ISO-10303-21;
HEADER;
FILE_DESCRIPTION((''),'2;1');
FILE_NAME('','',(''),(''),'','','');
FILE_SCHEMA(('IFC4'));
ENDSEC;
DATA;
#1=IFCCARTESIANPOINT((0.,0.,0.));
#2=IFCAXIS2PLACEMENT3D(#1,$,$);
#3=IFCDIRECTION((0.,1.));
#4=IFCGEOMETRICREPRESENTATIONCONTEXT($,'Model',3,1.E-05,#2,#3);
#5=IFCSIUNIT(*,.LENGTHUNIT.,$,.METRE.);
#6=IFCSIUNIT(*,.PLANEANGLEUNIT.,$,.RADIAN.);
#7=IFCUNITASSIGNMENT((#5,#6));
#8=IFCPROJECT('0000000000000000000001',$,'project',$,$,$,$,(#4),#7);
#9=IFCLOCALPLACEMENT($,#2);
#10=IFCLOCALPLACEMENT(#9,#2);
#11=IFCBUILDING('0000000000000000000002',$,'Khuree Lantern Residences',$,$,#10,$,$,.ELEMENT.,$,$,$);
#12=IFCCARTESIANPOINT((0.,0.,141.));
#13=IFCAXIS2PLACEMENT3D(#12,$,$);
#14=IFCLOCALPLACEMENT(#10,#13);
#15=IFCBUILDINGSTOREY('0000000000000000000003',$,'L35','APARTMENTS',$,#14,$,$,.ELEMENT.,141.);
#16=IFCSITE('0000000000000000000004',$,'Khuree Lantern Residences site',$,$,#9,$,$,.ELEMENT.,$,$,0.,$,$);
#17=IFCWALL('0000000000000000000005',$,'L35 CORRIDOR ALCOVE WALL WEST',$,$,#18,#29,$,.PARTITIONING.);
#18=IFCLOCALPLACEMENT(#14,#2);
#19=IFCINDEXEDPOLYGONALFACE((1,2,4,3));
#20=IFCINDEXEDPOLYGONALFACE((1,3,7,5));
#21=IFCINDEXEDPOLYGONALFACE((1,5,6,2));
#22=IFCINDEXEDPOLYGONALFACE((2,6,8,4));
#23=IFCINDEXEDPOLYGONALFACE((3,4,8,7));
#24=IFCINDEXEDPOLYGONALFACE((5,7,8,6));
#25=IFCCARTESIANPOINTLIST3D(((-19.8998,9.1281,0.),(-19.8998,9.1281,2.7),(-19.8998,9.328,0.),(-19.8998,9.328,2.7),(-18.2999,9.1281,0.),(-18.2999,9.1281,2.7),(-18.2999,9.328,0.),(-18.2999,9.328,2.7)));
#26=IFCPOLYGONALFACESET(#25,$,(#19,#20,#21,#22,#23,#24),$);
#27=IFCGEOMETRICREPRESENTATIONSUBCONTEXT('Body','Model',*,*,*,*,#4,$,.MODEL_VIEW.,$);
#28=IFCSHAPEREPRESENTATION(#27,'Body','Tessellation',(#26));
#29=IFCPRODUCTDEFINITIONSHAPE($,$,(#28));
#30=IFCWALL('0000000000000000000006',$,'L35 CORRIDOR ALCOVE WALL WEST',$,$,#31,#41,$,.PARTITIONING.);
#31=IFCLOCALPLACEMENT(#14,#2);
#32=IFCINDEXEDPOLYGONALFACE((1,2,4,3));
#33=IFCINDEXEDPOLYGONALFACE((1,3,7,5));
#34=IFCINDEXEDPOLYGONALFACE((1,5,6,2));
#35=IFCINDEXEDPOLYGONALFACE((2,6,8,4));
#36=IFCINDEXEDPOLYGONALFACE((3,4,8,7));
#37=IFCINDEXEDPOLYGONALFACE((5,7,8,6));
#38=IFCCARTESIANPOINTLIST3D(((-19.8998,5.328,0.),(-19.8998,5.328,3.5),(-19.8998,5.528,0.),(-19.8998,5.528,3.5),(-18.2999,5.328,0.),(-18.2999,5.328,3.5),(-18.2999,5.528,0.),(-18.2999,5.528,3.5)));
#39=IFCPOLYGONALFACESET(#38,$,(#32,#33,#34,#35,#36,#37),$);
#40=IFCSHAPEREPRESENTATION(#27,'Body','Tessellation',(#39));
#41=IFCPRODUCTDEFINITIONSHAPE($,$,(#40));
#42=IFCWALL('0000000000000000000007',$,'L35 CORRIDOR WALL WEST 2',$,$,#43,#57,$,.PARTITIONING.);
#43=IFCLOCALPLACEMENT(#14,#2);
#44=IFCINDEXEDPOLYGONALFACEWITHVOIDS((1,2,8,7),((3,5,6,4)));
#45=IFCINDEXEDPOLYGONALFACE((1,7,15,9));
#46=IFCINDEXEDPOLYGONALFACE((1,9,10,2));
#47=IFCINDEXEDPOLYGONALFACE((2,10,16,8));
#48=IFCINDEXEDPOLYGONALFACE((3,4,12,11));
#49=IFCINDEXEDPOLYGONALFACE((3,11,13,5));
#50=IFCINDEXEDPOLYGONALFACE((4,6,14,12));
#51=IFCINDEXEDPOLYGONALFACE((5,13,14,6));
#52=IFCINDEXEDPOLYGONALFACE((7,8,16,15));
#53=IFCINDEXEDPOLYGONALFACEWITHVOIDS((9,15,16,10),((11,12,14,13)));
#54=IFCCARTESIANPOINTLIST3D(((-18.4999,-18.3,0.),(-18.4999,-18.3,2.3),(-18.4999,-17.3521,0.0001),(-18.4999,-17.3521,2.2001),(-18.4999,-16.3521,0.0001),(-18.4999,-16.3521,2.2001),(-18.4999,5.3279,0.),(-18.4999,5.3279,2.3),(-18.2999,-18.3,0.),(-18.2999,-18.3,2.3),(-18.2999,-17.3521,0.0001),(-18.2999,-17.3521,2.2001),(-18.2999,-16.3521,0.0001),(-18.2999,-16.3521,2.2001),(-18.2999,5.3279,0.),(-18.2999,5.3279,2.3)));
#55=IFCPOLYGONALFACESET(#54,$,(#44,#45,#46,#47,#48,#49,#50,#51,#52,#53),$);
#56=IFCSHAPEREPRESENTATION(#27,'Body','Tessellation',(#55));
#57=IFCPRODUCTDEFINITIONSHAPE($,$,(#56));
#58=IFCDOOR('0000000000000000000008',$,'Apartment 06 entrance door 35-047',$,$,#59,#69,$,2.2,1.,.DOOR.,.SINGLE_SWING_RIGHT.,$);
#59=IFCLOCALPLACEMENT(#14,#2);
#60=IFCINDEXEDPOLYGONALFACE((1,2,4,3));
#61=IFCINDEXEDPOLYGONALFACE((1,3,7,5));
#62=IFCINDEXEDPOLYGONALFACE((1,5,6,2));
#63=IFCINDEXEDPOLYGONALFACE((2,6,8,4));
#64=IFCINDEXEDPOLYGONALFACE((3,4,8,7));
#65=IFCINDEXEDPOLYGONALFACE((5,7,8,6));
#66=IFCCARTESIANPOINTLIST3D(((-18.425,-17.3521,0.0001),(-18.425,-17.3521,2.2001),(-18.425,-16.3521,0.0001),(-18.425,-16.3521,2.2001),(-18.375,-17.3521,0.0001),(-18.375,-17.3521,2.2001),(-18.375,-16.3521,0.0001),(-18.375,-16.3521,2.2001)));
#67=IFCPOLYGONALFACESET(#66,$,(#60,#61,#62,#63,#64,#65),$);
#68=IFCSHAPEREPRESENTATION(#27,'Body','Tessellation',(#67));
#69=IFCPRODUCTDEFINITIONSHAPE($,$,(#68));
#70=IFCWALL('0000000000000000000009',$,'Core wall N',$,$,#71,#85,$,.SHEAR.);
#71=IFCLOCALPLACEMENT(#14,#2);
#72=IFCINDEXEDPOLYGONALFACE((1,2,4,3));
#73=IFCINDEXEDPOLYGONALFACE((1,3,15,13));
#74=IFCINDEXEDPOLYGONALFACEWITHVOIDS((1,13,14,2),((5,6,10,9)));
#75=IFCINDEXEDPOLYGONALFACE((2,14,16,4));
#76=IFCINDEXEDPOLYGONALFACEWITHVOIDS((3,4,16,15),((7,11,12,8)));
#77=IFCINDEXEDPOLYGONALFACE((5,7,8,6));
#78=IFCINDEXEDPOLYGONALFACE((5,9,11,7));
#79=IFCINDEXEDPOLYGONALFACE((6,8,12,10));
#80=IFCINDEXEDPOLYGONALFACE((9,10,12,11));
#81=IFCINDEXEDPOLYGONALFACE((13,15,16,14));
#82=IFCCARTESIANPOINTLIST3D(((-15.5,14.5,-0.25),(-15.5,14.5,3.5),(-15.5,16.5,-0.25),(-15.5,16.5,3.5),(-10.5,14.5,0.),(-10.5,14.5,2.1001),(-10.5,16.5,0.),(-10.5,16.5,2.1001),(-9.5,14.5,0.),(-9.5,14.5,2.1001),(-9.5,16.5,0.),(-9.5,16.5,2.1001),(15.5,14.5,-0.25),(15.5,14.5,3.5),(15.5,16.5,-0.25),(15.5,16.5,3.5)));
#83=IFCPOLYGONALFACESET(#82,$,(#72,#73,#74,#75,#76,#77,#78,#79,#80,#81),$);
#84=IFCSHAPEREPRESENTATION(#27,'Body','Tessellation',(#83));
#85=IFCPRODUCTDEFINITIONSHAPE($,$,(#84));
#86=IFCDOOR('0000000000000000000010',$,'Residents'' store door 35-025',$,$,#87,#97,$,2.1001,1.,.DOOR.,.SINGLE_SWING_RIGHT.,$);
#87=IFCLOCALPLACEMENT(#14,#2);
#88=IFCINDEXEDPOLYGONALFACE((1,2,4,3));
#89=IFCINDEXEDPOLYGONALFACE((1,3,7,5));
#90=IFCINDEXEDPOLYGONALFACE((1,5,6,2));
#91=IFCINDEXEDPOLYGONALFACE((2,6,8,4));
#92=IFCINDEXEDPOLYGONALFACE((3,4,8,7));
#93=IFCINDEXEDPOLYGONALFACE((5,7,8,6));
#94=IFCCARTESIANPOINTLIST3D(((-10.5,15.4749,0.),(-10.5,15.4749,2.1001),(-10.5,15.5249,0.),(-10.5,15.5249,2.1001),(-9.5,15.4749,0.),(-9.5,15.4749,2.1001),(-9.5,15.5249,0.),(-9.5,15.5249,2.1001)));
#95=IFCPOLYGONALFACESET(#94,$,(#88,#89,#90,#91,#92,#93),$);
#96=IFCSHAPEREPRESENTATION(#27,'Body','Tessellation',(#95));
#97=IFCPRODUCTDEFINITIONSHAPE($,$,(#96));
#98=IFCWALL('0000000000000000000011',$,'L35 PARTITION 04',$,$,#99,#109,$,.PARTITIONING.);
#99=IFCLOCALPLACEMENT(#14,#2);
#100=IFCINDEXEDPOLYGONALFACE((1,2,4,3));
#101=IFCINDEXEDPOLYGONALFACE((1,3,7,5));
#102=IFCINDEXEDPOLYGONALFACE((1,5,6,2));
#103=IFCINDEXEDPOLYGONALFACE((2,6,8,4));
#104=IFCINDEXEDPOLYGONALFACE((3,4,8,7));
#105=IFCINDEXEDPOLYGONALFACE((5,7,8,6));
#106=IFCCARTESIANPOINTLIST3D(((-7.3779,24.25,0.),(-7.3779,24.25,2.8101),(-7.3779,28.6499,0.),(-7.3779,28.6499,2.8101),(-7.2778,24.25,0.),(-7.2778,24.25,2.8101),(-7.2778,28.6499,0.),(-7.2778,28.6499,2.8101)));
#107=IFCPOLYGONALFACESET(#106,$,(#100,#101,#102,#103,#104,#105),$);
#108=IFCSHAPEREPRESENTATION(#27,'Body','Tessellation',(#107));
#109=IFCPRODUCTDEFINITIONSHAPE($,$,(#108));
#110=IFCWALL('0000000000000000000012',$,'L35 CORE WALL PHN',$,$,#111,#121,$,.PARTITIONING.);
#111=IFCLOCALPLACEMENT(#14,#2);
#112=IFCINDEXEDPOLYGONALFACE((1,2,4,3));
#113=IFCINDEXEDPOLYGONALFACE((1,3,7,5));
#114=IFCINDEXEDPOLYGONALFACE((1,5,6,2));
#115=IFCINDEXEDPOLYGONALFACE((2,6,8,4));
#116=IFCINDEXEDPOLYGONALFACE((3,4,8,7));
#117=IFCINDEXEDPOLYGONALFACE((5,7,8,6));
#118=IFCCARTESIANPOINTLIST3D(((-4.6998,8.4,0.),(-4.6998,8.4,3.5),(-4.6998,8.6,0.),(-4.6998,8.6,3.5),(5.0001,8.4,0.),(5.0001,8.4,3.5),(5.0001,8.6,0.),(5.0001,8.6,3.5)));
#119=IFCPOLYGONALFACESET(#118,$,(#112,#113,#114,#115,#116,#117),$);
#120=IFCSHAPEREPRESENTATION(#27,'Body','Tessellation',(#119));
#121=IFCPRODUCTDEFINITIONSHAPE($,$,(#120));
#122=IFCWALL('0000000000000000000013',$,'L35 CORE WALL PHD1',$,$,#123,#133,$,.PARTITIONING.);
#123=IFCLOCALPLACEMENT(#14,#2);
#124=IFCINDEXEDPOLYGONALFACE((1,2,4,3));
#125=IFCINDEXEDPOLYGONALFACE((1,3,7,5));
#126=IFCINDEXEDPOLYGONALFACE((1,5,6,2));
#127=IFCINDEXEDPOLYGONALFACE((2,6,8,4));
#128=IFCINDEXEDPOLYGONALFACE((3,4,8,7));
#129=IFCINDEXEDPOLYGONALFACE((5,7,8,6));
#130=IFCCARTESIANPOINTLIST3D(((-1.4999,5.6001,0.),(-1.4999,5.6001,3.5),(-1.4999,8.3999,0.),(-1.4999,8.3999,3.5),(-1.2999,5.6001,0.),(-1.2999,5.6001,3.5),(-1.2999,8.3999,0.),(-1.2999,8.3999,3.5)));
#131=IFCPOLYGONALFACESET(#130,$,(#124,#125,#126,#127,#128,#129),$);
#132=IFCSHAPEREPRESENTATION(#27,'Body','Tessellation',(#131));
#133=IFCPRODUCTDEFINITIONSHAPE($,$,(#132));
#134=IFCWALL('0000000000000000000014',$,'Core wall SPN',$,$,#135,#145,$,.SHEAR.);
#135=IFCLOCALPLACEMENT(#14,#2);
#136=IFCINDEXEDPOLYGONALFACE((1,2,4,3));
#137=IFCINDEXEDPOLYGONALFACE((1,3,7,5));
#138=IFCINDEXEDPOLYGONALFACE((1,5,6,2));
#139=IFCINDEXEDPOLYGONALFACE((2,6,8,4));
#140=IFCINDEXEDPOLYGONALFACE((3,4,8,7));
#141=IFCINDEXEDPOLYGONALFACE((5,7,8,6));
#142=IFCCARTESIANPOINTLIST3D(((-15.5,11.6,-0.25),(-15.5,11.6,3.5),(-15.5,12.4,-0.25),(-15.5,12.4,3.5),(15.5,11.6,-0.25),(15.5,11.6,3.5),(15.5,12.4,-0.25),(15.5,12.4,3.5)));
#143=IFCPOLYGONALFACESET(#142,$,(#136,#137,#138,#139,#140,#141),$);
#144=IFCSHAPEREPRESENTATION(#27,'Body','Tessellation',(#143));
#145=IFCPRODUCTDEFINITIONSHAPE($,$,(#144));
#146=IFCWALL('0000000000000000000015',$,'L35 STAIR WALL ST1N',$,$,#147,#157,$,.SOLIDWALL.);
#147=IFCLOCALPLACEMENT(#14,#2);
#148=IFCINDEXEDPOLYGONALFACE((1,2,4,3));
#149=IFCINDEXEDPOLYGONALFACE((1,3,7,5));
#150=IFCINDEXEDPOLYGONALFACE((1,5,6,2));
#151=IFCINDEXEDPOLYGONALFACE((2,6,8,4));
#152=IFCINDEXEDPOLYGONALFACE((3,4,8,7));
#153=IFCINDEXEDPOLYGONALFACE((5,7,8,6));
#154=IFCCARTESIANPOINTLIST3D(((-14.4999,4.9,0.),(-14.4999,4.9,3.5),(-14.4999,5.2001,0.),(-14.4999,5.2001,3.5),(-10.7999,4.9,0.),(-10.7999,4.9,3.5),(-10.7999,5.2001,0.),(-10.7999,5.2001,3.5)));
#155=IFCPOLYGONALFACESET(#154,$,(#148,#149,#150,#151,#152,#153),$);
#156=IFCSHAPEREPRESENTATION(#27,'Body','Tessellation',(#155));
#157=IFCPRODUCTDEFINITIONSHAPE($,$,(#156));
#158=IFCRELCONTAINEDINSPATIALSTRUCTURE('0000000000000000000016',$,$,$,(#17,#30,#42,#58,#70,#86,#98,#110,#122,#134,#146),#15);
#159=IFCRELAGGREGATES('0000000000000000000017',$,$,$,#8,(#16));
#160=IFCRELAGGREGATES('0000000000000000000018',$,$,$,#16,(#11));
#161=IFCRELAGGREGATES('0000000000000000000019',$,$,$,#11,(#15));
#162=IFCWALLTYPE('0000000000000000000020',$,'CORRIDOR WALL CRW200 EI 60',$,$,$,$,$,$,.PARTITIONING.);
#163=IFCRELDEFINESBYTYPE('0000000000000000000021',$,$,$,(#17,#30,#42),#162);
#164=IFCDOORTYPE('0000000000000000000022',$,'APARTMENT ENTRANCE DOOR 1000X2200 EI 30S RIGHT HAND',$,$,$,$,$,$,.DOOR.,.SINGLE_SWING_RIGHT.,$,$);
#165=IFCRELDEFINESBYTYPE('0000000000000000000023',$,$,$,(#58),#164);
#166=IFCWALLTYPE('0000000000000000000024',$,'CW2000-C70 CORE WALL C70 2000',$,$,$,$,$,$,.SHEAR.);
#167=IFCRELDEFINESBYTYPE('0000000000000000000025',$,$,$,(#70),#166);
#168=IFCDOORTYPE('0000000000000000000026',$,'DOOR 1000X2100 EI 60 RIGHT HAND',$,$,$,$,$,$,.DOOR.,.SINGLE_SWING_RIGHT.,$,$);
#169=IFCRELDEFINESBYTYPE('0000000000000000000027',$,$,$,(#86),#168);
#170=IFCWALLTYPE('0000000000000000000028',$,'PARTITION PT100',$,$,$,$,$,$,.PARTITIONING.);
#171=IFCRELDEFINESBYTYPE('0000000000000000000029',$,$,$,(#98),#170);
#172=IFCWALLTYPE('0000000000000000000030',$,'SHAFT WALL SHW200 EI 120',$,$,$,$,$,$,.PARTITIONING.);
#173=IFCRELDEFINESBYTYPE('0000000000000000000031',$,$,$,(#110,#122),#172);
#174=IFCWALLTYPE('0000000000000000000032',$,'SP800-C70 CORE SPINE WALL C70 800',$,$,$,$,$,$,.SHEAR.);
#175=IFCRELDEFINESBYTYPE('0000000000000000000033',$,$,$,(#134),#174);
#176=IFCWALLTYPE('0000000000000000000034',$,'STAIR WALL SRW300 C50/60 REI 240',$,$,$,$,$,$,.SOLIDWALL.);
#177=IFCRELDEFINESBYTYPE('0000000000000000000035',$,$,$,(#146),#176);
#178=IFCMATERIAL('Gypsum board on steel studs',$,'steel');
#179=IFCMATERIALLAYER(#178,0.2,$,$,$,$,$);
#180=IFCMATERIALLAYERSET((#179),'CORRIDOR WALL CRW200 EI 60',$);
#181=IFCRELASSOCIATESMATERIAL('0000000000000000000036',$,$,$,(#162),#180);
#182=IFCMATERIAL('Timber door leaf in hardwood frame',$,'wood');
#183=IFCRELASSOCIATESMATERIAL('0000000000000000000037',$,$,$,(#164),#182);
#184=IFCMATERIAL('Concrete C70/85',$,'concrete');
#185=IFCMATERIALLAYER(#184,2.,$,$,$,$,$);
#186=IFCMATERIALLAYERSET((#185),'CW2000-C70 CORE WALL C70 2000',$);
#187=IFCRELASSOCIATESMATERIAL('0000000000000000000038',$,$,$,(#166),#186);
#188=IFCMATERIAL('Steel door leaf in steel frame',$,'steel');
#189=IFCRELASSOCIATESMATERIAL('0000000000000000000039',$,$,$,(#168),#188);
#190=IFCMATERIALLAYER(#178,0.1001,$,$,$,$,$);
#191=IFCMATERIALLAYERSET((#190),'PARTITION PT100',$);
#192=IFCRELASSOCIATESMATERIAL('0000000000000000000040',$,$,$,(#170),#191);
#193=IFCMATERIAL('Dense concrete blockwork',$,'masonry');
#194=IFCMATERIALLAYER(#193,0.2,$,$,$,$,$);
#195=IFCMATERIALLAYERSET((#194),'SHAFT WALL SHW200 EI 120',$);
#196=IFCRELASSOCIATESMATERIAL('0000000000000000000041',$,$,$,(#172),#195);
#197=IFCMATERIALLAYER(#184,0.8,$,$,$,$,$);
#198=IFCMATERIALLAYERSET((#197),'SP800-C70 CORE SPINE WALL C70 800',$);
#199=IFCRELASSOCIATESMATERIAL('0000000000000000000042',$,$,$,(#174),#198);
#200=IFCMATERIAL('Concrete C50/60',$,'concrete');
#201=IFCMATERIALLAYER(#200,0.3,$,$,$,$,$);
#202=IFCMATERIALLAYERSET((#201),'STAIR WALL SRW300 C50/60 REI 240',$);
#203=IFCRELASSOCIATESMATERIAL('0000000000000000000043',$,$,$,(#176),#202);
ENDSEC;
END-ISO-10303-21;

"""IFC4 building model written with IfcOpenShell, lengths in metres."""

from ifc_helpers import new_model, si_unit, direction, frame, frame_2d, origin, place, context, subcontext, project, spatial, rectangle, extrude, material, layer, layer_set, type_object, element, fill, save


model = new_model("IFC4")

# Units and contexts
model_context = context("Model", 3, precision=1e-05, world=origin(), true_north=direction((0.0, 1.0)))
body_context = subcontext(model_context, "Body", "Model", "MODEL_VIEW")
ifc_project = project(units=[si_unit("LENGTHUNIT", "METRE"), si_unit("PLANEANGLEUNIT", "RADIAN")], contexts=[model_context])

# Site, building, storey
site_placement = place(None, origin())
site = spatial("IfcSite", under=ifc_project, at=site_placement, Name="Khuree Lantern Residences site", CompositionType="ELEMENT", RefElevation=0.0)
building_placement = place(site_placement, origin())
building = spatial("IfcBuilding", under=site, at=building_placement, Name="Khuree Lantern Residences", CompositionType="ELEMENT")
storey_placement = place(building_placement, frame((0.0, 0.0, 141.0)))
storey = spatial("IfcBuildingStorey", under=building, at=storey_placement, Name="L35", Description="APARTMENTS", CompositionType="ELEMENT", Elevation=141.0)

# Shared definitions
ifc_material_1 = material(Name="Concrete C70/85", Category="concrete")

# Shared definitions
ifc_material_2 = material(Name="Dense concrete blockwork", Category="masonry")

# Shared definitions
ifc_material_3 = material(Name="Steel door leaf in steel frame", Category="steel")
ifc_material_4 = material(Name="Timber door leaf in hardwood frame", Category="wood")

# Walls
ifc_material_5 = material(Name="Gypsum board on steel studs", Category="steel")
ifc_layer_1 = layer(ifc_material_5, 0.2)
ifc_layer_set_1 = layer_set([ifc_layer_1], Name="CORRIDOR WALL CRW200 EI 60")
wall_type_1 = type_object("IfcWallType", Name="CORRIDOR WALL CRW200 EI 60", PredefinedType="PARTITIONING", material=ifc_layer_set_1)
wall_1_placement = place(storey_placement, frame((-18.3, 9.228, 0.0), z_axis=(0.0, 0.0, 1.0), x_axis=(-1.0, 0.0, 0.0)))
element("IfcWall", 1, at=wall_1_placement, inside=storey, type_object=wall_type_1, Name="L35 CORRIDOR ALCOVE WALL WEST", PredefinedType="PARTITIONING", context=body_context, shape_type="SweptSolid", body=[
    extrude(rectangle(XDim=1.5999, YDim=0.2, at=frame_2d((0.7998, 0.0))), origin(), (0.0, 0.0, 1.0), 2.7),
])
wall_2_placement = place(storey_placement, frame((-18.3, 5.428, 0.0), z_axis=(0.0, 0.0, 1.0), x_axis=(-1.0, 0.0, 0.0)))
element("IfcWall", 2, at=wall_2_placement, inside=storey, type_object=wall_type_1, Name="L35 CORRIDOR ALCOVE WALL WEST", PredefinedType="PARTITIONING", context=body_context, shape_type="SweptSolid", body=[
    extrude(rectangle(XDim=1.5999, YDim=0.2, at=frame_2d((0.7998, 0.0))), origin(), (0.0, 0.0, 1.0), 3.5),
])

# Walls, openings, doors
wall_3_placement = place(storey_placement, frame((-18.3999, 5.3279, 0.0), z_axis=(0.0, 0.0, 1.0), x_axis=(0.0, -1.0, 0.0)))
wall_3 = element("IfcWall", 3, at=wall_3_placement, inside=storey, type_object=wall_type_1, Name="L35 CORRIDOR WALL WEST 2", PredefinedType="PARTITIONING", context=body_context, shape_type="SweptSolid", body=[
    extrude(rectangle(XDim=23.6279, YDim=0.2, at=frame_2d((11.814, 0.0))), origin(), (0.0, 0.0, 1.0), 2.3),
])
opening_1_placement = place(wall_3_placement, frame((21.6799, 0.0, 0.0)))
opening_1 = element("IfcOpeningElement", 4, at=opening_1_placement, cuts=wall_3, PredefinedType="OPENING", context=body_context, shape_type="SweptSolid", body=[
    extrude(rectangle(XDim=1.0, YDim=2.2, at=frame_2d((0.5, 1.1001))), frame((0.0, 0.1099, 0.0), z_axis=(0.0, -1.0, 0.0), x_axis=(1.0, 0.0, 0.0)), (0.0, 0.0, 1.0), 0.22),
])
door_type_1 = type_object("IfcDoorType", Name="APARTMENT ENTRANCE DOOR 1000X2200 EI 30S RIGHT HAND", OperationType="SINGLE_SWING_RIGHT", PredefinedType="DOOR", material=ifc_material_4)
door_1_placement = place(opening_1_placement, origin())
door_1 = element("IfcDoor", 5, at=door_1_placement, inside=storey, type_object=door_type_1, Name="Apartment 06 entrance door 35-047", OperationType="SINGLE_SWING_RIGHT", OverallHeight=2.2, OverallWidth=1.0, PredefinedType="DOOR", context=body_context, shape_type="SweptSolid", body=[
    extrude(rectangle(XDim=1.0, YDim=2.2, at=frame_2d((0.5, 1.1001))), frame((0.0, 0.0249, 0.0), z_axis=(0.0, -1.0, 0.0), x_axis=(1.0, 0.0, 0.0)), (0.0, 0.0, 1.0), 0.05),
])
fill(opening_1, door_1)
ifc_layer_2 = layer(ifc_material_1, 2.0)
ifc_layer_set_2 = layer_set([ifc_layer_2], Name="CW2000-C70 CORE WALL C70 2000")
wall_type_2 = type_object("IfcWallType", Name="CW2000-C70 CORE WALL C70 2000", PredefinedType="SHEAR", material=ifc_layer_set_2)
wall_4_placement = place(storey_placement, frame((-15.5, 15.5, -0.25), z_axis=(0.0, 0.0, 1.0), x_axis=(1.0, 0.0, 0.0)))
wall_4 = element("IfcWall", 6, at=wall_4_placement, inside=storey, type_object=wall_type_2, Name="Core wall N", PredefinedType="SHEAR", context=body_context, shape_type="SweptSolid", body=[
    extrude(rectangle(XDim=31.0, YDim=2.0, at=frame_2d((15.5, 0.0))), origin(), (0.0, 0.0, 1.0), 3.75),
])
opening_2_placement = place(wall_4_placement, frame((5.0, 0.0, 0.25)))
opening_2 = element("IfcOpeningElement", 7, at=opening_2_placement, cuts=wall_4, PredefinedType="OPENING", context=body_context, shape_type="SweptSolid", body=[
    extrude(rectangle(XDim=1.0, YDim=2.1001, at=frame_2d((0.5, 1.05))), frame((0.0, 1.01, 0.0), z_axis=(0.0, -1.0, 0.0), x_axis=(1.0, 0.0, 0.0)), (0.0, 0.0, 1.0), 2.02),
])
door_type_2 = type_object("IfcDoorType", Name="DOOR 1000X2100 EI 60 RIGHT HAND", OperationType="SINGLE_SWING_RIGHT", PredefinedType="DOOR", material=ifc_material_3)
door_2_placement = place(opening_2_placement, origin())
door_2 = element("IfcDoor", 8, at=door_2_placement, inside=storey, type_object=door_type_2, Name="Residents' store door 35-025", OperationType="SINGLE_SWING_RIGHT", OverallHeight=2.1001, OverallWidth=1.0, PredefinedType="DOOR", context=body_context, shape_type="SweptSolid", body=[
    extrude(rectangle(XDim=1.0, YDim=2.1001, at=frame_2d((0.5, 1.05))), frame((0.0, 0.0249, 0.0), z_axis=(0.0, -1.0, 0.0), x_axis=(1.0, 0.0, 0.0)), (0.0, 0.0, 1.0), 0.05),
])
fill(opening_2, door_2)

# Walls
ifc_layer_3 = layer(ifc_material_5, 0.1001)
ifc_layer_set_3 = layer_set([ifc_layer_3], Name="PARTITION PT100")
wall_type_3 = type_object("IfcWallType", Name="PARTITION PT100", PredefinedType="PARTITIONING", material=ifc_layer_set_3)
wall_5_placement = place(storey_placement, frame((-7.3279, 24.25, 0.0), z_axis=(0.0, 0.0, 1.0), x_axis=(0.0, 1.0, 0.0)))
element("IfcWall", 9, at=wall_5_placement, inside=storey, type_object=wall_type_3, Name="L35 PARTITION 04", PredefinedType="PARTITIONING", context=body_context, shape_type="SweptSolid", body=[
    extrude(rectangle(XDim=4.3999, YDim=0.1001, at=frame_2d((2.2, 0.0))), origin(), (0.0, 0.0, 1.0), 2.8101),
])
ifc_layer_4 = layer(ifc_material_2, 0.2)
ifc_layer_set_4 = layer_set([ifc_layer_4], Name="SHAFT WALL SHW200 EI 120")
wall_type_4 = type_object("IfcWallType", Name="SHAFT WALL SHW200 EI 120", PredefinedType="PARTITIONING", material=ifc_layer_set_4)
wall_6_placement = place(storey_placement, frame((-4.7, 8.5, 0.0), z_axis=(0.0, 0.0, 1.0), x_axis=(1.0, 0.0, 0.0)))
element("IfcWall", 10, at=wall_6_placement, inside=storey, type_object=wall_type_4, Name="L35 CORE WALL PHN", PredefinedType="PARTITIONING", context=body_context, shape_type="SweptSolid", body=[
    extrude(rectangle(XDim=9.7, YDim=0.2, at=frame_2d((4.8501, 0.0))), origin(), (0.0, 0.0, 1.0), 3.5),
])
wall_7_placement = place(storey_placement, frame((-1.3999, 5.6001, 0.0), z_axis=(0.0, 0.0, 1.0), x_axis=(0.0, 1.0, 0.0)))
element("IfcWall", 11, at=wall_7_placement, inside=storey, type_object=wall_type_4, Name="L35 CORE WALL PHD1", PredefinedType="PARTITIONING", context=body_context, shape_type="SweptSolid", body=[
    extrude(rectangle(XDim=2.7998, YDim=0.2, at=frame_2d((1.3999, 0.0))), origin(), (0.0, 0.0, 1.0), 3.5),
])
ifc_layer_5 = layer(ifc_material_1, 0.8)
ifc_layer_set_5 = layer_set([ifc_layer_5], Name="SP800-C70 CORE SPINE WALL C70 800")
wall_type_5 = type_object("IfcWallType", Name="SP800-C70 CORE SPINE WALL C70 800", PredefinedType="SHEAR", material=ifc_layer_set_5)
wall_8_placement = place(storey_placement, frame((-15.5, 12.0, -0.25), z_axis=(0.0, 0.0, 1.0), x_axis=(1.0, 0.0, 0.0)))
element("IfcWall", 12, at=wall_8_placement, inside=storey, type_object=wall_type_5, Name="Core wall SPN", PredefinedType="SHEAR", context=body_context, shape_type="SweptSolid", body=[
    extrude(rectangle(XDim=31.0, YDim=0.8, at=frame_2d((15.5, 0.0))), origin(), (0.0, 0.0, 1.0), 3.75),
])
ifc_material_6 = material(Name="Concrete C50/60", Category="concrete")
ifc_layer_6 = layer(ifc_material_6, 0.3)
ifc_layer_set_6 = layer_set([ifc_layer_6], Name="STAIR WALL SRW300 C50/60 REI 240")
wall_type_6 = type_object("IfcWallType", Name="STAIR WALL SRW300 C50/60 REI 240", PredefinedType="SOLIDWALL", material=ifc_layer_set_6)
wall_9_placement = place(storey_placement, frame((-14.5, 5.05, 0.0), z_axis=(0.0, 0.0, 1.0), x_axis=(1.0, 0.0, 0.0)))
element("IfcWall", 13, at=wall_9_placement, inside=storey, type_object=wall_type_6, Name="L35 STAIR WALL ST1N", PredefinedType="SOLIDWALL", context=body_context, shape_type="SweptSolid", body=[
    extrude(rectangle(XDim=3.7, YDim=0.3, at=frame_2d((1.8501, 0.0))), origin(), (0.0, 0.0, 1.0), 3.5),
])

save(model, "model.ifc")
